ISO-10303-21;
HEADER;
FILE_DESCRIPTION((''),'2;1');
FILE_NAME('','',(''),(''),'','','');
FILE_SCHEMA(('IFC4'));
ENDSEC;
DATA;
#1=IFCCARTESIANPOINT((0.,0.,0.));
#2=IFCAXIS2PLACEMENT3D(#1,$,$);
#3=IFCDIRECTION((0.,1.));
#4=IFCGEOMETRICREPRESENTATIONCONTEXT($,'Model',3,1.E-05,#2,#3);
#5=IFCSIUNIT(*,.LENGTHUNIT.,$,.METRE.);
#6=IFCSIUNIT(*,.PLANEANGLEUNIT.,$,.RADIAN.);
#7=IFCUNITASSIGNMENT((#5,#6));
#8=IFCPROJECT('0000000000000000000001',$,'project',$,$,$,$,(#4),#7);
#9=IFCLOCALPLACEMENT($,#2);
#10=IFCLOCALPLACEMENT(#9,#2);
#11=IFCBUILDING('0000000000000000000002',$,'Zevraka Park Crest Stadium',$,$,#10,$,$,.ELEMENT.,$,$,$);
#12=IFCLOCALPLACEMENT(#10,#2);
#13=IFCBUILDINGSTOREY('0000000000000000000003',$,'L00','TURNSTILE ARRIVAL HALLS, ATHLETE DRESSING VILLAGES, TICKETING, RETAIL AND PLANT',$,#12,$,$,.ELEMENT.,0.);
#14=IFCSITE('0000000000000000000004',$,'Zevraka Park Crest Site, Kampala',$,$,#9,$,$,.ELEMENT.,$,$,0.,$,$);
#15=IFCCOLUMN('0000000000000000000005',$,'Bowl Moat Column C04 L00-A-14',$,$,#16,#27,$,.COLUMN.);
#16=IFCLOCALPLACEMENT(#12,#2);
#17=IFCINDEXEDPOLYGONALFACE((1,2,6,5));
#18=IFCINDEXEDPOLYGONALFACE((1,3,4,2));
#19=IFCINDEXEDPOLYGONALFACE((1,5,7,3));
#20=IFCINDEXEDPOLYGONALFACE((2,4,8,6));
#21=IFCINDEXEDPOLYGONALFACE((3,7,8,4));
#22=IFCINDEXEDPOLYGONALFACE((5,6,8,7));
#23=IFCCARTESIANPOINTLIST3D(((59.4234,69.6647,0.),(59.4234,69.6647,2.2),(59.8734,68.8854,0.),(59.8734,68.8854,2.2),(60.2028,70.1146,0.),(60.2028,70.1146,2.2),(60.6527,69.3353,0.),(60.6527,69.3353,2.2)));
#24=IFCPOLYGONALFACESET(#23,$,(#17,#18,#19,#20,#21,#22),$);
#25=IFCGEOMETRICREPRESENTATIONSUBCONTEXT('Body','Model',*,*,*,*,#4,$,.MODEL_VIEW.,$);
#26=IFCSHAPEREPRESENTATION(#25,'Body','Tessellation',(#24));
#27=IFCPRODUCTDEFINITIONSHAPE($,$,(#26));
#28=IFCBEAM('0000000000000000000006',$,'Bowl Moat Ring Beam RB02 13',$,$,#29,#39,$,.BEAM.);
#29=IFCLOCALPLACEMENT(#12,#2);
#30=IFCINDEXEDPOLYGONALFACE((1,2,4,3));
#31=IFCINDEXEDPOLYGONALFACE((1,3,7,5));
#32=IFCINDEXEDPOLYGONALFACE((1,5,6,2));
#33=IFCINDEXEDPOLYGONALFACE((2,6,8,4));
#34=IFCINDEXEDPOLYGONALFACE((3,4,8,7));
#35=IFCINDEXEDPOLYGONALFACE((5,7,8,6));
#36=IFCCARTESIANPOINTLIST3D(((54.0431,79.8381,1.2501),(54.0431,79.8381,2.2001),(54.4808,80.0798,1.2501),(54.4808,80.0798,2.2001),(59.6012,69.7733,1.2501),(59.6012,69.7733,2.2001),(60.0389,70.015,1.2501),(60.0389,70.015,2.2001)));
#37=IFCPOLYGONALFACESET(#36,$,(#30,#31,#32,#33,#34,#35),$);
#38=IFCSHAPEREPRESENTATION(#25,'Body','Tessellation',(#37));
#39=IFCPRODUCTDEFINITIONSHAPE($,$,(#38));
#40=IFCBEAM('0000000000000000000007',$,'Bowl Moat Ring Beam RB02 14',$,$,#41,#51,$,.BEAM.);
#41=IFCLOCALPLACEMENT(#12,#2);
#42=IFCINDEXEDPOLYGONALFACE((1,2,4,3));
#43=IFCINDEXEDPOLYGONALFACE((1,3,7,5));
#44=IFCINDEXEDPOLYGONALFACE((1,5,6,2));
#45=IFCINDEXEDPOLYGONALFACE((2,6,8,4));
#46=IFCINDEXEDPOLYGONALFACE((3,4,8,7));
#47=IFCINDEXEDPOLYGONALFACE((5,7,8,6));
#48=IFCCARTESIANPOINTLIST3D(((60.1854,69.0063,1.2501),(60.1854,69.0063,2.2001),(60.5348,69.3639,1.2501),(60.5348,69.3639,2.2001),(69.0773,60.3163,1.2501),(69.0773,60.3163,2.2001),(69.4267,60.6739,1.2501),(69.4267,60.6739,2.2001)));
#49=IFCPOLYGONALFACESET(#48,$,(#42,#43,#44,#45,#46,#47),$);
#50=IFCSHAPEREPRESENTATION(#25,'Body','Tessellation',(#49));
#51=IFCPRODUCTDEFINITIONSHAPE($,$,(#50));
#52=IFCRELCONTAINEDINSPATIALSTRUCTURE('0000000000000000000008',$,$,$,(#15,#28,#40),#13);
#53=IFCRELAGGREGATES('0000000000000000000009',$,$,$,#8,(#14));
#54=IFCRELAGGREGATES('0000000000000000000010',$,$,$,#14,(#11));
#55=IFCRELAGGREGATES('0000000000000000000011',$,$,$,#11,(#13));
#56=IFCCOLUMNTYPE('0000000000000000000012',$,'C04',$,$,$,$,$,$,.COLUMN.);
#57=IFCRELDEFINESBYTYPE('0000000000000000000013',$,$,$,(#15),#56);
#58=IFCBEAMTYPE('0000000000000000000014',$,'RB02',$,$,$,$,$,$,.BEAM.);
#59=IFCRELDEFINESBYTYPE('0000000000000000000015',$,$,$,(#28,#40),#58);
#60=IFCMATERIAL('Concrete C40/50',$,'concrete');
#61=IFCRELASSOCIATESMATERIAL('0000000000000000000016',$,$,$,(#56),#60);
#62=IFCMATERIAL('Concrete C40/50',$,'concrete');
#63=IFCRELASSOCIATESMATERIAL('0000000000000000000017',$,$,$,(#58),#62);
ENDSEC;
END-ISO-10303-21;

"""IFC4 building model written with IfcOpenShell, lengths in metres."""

from ifc_helpers import new_model, si_unit, direction, frame, origin, origin_2d, place, context, subcontext, project, spatial, rectangle, extrude, material, material_profile, profile_set, type_object, element, save


model = new_model("IFC4")

# Units and contexts
model_context = context("Model", 3, precision=1e-05, world=origin(), true_north=direction((0.0, 1.0)))
body_context = subcontext(model_context, "Body", "Model", "MODEL_VIEW")
ifc_project = project(units=[si_unit("LENGTHUNIT", "METRE"), si_unit("PLANEANGLEUNIT", "RADIAN")], contexts=[model_context])

# Site, building, storey
site_placement = place(None, origin())
site = spatial("IfcSite", under=ifc_project, at=site_placement, Name="Zevraka Park Crest Site, Kampala", CompositionType="ELEMENT", RefElevation=0.0)
building_placement = place(site_placement, origin())
building = spatial("IfcBuilding", under=site, at=building_placement, Name="Zevraka Park Crest Stadium", CompositionType="ELEMENT")
storey_placement = place(building_placement, origin())
storey = spatial("IfcBuildingStorey", under=building, at=storey_placement, Name="L00", Description="TURNSTILE ARRIVAL HALLS, ATHLETE DRESSING VILLAGES, TICKETING, RETAIL AND PLANT", CompositionType="ELEMENT", Elevation=0.0)

# Column
ifc_material_1 = material(Name="Concrete C40/50", Category="concrete")
ifc_material_profile_1 = material_profile(ifc_material_1, rectangle(XDim=0.8999, YDim=0.8999, at=origin_2d()), Name="RC 900x900")
ifc_profile_set_1 = profile_set([ifc_material_profile_1], Name="Concrete C40/50")
column_type_1 = type_object("IfcColumnType", Name="C04", PredefinedType="COLUMN", material=ifc_profile_set_1)
column_1_placement = place(storey_placement, frame((60.0381, 69.5, 0.0), z_axis=(0.0, 0.0, 1.0), x_axis=(0.866025, 0.5, 0.0)))
element("IfcColumn", 1, at=column_1_placement, inside=storey, type_object=column_type_1, Name="Bowl Moat Column C04 L00-A-14", PredefinedType="COLUMN", context=body_context, shape_type="SweptSolid", body=[
    extrude(rectangle(XDim=0.8999, YDim=0.8999, at=origin_2d()), origin(), (0.0, 0.0, 1.0), 2.2),
])

# Beams
ifc_material_2 = material(Name="Concrete C40/50", Category="concrete")
ifc_material_profile_2 = material_profile(ifc_material_2, rectangle(XDim=0.5, YDim=0.95, at=origin_2d()), Name="RC 950x500")
ifc_profile_set_2 = profile_set([ifc_material_profile_2], Name="Concrete C40/50")
beam_type = type_object("IfcBeamType", Name="RB02", PredefinedType="BEAM", material=ifc_profile_set_2)
beam_1_placement = place(storey_placement, frame((54.262, 79.959, 1.7251), z_axis=(0.483413, -0.875392, 0.0), x_axis=(0.875392, 0.483413, 0.0)))
element("IfcBeam", 2, at=beam_1_placement, inside=storey, type_object=beam_type, Name="Bowl Moat Ring Beam RB02 13", PredefinedType="BEAM", context=body_context, shape_type="SweptSolid", body=[
    extrude(rectangle(XDim=0.5, YDim=0.95, at=origin_2d()), origin(), (0.0, 0.0, 1.0), 11.4976),
])
beam_2_placement = place(storey_placement, frame((60.3601, 69.1851, 1.7251), z_axis=(0.71518, -0.69894, 0.0), x_axis=(0.69894, 0.71518, 0.0)))
element("IfcBeam", 3, at=beam_2_placement, inside=storey, type_object=beam_type, Name="Bowl Moat Ring Beam RB02 14", PredefinedType="BEAM", context=body_context, shape_type="SweptSolid", body=[
    extrude(rectangle(XDim=0.5, YDim=0.95, at=origin_2d()), origin(), (0.0, 0.0, 1.0), 12.4331),
])

save(model, "model.ifc")
